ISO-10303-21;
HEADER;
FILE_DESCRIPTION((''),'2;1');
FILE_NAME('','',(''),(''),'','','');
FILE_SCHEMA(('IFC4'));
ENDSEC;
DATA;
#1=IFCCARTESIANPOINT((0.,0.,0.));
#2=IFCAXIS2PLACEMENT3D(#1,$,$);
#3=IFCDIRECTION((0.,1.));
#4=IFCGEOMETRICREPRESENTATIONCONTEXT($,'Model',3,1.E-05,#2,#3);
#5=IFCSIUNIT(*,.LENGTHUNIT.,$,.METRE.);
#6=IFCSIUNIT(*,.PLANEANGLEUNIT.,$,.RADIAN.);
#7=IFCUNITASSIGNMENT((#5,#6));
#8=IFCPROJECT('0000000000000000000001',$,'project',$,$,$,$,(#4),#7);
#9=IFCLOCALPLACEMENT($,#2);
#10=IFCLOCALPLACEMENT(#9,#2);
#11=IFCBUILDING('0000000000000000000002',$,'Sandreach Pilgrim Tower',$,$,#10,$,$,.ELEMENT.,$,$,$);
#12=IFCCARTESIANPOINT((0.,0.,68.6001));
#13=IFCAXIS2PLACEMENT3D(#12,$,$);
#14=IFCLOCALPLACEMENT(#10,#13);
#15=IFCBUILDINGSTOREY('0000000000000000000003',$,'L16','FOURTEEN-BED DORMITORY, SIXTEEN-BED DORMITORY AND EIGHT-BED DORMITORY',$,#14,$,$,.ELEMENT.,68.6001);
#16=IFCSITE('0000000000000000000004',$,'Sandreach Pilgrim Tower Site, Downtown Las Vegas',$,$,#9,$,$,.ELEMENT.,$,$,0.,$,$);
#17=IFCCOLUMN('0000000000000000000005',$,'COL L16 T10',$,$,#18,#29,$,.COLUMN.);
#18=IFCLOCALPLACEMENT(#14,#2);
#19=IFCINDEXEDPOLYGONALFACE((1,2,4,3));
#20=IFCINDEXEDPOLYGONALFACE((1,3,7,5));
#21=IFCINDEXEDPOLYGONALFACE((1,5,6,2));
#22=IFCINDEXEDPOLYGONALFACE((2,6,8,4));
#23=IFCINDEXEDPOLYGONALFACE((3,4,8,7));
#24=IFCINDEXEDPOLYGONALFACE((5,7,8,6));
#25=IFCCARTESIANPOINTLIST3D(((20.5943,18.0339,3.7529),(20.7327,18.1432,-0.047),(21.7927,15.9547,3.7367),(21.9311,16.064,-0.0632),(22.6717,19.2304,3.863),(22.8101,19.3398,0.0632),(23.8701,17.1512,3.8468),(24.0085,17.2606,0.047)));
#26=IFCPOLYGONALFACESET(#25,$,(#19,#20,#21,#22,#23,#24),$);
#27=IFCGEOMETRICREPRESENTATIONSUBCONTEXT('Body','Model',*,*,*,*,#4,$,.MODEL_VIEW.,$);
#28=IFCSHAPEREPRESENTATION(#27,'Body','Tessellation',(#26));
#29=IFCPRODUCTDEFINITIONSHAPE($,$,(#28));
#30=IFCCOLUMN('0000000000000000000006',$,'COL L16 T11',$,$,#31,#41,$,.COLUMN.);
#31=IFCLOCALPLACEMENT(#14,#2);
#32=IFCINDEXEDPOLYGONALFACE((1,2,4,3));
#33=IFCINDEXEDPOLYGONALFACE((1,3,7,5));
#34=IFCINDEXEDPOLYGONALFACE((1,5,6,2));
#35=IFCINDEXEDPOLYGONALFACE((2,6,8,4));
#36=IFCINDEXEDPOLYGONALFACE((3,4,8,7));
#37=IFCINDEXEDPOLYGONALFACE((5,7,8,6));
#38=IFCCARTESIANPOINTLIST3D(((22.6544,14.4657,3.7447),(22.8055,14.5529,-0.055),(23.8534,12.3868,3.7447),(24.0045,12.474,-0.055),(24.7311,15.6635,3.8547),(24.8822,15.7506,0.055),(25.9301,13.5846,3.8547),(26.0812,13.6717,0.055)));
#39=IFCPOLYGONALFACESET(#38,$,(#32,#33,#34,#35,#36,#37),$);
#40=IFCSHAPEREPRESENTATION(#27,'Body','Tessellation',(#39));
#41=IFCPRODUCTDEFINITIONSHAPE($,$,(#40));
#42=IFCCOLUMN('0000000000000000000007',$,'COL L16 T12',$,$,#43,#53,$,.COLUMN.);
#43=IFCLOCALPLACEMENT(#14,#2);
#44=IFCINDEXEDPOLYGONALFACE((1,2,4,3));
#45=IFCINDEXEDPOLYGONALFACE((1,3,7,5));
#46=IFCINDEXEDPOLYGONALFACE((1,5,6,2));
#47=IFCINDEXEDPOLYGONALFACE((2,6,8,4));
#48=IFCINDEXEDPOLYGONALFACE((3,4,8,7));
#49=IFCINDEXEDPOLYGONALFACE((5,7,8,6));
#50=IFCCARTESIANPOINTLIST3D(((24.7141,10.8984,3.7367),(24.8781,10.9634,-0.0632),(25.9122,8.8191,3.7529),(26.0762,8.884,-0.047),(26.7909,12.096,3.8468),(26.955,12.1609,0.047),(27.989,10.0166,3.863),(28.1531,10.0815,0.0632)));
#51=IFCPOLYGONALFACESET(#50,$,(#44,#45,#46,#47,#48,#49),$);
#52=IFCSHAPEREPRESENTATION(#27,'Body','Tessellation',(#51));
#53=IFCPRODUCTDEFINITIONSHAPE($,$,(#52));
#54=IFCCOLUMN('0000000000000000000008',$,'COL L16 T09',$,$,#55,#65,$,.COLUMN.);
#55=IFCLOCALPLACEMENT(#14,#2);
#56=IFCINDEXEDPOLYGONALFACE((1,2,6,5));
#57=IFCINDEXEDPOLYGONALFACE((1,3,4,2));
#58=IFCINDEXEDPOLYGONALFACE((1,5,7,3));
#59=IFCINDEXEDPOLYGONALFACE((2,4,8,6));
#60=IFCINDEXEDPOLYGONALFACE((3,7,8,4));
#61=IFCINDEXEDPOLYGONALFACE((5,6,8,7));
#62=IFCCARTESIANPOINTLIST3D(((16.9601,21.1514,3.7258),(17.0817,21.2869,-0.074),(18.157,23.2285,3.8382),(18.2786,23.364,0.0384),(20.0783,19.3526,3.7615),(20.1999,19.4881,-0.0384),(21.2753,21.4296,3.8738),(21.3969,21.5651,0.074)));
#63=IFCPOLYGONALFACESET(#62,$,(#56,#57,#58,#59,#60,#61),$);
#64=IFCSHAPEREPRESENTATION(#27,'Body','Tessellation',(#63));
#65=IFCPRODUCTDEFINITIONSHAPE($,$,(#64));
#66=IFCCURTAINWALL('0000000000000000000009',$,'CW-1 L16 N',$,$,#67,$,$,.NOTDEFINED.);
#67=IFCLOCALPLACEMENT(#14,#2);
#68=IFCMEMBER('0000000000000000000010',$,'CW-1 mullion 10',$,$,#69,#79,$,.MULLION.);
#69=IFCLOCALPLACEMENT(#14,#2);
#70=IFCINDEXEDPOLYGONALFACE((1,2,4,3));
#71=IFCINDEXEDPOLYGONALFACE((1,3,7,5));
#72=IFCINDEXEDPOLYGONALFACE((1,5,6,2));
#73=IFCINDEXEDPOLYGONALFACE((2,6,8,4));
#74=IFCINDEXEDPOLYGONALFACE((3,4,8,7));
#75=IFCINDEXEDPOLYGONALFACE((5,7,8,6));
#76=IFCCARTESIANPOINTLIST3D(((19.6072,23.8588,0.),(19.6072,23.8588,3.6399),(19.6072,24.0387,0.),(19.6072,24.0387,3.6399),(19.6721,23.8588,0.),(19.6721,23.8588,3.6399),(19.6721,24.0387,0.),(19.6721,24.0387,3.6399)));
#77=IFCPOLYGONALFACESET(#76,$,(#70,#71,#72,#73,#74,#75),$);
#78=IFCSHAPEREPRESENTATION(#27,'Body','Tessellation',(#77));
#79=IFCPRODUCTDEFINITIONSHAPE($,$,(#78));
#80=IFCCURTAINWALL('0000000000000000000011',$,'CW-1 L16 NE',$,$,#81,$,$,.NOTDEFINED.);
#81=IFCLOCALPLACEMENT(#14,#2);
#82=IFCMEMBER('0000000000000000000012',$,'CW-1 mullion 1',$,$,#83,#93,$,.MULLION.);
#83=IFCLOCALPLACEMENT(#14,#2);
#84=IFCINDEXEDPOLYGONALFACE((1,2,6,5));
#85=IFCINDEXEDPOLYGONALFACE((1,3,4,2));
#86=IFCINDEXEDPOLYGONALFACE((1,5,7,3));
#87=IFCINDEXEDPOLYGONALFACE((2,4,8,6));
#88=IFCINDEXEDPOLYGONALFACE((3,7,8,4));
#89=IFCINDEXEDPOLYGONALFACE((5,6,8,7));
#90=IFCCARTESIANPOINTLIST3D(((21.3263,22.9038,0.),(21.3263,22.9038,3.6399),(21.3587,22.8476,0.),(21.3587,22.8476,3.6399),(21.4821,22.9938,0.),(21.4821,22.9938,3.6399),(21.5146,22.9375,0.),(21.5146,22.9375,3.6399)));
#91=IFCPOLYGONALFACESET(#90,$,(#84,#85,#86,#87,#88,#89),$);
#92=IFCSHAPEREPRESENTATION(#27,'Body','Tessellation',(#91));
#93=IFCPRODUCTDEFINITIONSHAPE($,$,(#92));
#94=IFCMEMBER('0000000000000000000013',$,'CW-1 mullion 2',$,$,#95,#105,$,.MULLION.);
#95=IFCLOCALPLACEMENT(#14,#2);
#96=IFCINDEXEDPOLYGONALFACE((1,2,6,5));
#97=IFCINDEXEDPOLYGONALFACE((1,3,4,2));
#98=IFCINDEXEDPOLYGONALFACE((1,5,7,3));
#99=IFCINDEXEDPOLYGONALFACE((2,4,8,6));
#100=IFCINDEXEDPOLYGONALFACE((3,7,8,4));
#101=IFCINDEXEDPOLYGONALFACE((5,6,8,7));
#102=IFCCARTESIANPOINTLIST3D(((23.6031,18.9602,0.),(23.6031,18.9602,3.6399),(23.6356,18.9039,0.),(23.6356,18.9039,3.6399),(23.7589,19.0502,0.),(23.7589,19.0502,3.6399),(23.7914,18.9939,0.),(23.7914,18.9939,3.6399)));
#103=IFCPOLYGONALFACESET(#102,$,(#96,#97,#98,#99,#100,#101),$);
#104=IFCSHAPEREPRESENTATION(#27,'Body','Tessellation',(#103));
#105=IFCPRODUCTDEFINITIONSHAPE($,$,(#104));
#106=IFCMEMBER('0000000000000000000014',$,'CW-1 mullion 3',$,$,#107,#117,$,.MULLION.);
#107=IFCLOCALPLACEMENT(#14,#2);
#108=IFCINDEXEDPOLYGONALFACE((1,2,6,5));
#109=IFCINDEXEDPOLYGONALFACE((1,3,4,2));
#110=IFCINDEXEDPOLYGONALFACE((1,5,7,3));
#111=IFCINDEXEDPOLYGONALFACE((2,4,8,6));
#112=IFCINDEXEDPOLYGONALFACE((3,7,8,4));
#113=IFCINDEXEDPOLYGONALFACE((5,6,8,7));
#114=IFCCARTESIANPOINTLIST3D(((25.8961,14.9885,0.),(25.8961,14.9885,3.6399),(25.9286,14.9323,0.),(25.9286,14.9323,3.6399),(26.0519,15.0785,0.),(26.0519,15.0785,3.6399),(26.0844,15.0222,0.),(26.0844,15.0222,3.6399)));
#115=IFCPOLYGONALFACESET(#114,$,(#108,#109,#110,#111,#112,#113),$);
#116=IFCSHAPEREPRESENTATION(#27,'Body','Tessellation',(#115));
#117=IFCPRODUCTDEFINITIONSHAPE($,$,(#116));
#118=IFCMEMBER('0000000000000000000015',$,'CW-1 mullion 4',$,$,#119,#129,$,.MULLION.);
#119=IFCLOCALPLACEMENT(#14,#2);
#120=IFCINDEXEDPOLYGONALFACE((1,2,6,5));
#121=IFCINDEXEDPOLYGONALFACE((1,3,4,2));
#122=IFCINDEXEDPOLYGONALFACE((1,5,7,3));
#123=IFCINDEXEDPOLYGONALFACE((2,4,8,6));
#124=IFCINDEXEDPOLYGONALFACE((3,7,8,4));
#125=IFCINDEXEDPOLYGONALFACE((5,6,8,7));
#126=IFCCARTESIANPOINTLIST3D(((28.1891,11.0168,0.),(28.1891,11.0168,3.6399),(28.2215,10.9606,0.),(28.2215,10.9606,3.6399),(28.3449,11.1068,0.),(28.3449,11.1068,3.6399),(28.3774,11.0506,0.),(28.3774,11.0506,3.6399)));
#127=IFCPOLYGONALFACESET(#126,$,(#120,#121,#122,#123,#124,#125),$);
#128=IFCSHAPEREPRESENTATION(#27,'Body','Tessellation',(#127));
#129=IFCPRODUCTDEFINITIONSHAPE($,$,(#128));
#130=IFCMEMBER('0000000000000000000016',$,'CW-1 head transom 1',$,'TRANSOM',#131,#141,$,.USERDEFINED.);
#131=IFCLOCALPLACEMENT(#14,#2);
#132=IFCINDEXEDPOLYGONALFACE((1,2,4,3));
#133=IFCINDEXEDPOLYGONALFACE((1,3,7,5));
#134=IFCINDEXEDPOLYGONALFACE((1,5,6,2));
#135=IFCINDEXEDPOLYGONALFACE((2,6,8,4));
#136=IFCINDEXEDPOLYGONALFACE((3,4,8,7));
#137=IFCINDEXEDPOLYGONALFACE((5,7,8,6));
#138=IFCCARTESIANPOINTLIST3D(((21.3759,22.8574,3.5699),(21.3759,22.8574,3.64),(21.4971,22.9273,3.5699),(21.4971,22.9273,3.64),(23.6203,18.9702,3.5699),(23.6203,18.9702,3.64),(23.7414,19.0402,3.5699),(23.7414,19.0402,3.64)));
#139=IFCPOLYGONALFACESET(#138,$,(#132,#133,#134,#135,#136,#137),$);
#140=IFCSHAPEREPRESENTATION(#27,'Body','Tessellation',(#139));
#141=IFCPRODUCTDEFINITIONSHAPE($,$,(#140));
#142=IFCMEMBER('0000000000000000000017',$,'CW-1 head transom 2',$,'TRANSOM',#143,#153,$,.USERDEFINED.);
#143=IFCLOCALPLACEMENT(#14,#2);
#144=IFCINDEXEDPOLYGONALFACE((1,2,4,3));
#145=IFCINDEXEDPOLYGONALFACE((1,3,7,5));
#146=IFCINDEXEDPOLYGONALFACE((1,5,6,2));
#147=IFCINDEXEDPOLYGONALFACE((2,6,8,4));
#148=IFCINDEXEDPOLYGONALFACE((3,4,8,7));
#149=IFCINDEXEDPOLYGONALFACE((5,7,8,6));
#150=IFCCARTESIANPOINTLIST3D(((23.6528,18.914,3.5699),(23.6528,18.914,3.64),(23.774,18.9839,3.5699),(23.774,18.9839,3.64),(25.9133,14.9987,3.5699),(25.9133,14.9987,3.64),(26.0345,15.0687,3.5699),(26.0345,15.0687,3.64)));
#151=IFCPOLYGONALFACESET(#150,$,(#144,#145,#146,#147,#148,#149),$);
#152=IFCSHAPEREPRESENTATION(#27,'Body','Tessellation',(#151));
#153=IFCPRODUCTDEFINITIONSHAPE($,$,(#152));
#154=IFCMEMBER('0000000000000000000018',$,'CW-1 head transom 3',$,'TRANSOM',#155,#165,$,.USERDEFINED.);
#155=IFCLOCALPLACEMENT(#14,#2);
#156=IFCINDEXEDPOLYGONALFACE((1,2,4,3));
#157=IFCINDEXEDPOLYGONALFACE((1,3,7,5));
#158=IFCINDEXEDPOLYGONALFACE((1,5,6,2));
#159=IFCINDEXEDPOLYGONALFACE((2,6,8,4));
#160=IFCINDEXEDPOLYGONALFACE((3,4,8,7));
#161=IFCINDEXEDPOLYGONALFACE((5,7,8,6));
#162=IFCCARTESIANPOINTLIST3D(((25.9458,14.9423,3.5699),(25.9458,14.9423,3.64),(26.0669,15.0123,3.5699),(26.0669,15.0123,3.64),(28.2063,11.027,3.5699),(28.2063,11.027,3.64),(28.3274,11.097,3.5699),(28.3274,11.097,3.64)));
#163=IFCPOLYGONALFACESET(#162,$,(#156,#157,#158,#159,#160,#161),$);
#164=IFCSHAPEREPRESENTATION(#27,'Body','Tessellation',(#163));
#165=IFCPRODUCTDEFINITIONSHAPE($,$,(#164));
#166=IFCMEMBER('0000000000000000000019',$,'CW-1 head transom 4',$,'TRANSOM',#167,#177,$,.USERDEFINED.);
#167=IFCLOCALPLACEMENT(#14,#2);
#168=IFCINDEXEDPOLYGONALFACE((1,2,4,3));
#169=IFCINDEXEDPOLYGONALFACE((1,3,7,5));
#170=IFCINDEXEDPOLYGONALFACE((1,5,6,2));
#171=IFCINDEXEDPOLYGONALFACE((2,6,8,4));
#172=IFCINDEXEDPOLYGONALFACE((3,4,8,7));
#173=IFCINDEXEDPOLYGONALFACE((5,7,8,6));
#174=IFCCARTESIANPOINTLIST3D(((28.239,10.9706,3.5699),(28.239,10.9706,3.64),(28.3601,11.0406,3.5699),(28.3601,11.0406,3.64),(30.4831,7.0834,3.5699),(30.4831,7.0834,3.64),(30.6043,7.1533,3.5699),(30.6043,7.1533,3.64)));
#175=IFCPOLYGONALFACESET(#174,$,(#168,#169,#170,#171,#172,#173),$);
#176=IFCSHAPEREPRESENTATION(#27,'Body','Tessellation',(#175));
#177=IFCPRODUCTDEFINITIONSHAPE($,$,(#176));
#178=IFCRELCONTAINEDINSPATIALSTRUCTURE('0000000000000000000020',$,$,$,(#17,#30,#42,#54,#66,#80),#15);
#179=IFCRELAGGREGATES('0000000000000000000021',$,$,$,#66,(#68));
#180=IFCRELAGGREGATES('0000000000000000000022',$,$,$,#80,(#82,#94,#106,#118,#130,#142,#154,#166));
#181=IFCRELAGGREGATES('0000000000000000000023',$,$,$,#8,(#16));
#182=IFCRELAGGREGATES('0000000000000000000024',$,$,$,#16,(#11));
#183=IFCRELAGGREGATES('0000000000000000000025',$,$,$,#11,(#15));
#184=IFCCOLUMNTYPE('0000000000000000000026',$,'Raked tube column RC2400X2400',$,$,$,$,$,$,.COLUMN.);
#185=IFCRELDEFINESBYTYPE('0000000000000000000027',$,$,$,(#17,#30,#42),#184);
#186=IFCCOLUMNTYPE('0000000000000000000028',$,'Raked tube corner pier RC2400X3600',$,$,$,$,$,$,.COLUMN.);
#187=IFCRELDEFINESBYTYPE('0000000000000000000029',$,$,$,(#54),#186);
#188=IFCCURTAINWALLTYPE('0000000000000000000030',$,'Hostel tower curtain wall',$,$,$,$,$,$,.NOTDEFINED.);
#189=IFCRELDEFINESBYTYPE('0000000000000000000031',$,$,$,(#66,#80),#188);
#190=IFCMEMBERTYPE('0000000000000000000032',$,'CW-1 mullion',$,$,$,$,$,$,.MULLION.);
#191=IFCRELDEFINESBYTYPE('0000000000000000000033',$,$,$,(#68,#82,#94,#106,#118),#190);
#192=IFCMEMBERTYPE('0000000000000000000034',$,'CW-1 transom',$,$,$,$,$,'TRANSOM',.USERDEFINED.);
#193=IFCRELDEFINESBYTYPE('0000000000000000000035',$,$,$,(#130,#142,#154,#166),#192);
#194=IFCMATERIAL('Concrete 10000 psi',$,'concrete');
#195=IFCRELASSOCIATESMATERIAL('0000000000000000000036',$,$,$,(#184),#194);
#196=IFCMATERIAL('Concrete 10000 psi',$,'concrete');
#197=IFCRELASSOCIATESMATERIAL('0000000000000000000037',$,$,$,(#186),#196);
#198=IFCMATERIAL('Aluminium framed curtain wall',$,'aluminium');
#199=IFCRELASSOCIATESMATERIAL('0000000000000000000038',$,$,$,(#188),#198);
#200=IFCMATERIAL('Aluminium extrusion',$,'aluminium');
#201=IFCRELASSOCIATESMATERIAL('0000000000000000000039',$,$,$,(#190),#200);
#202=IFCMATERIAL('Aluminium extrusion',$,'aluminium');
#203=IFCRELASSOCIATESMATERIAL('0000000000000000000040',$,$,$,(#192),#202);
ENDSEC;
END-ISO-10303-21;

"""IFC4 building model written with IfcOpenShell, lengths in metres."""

from ifc_helpers import new_model, si_unit, direction, frame, origin, origin_2d, place, context, subcontext, project, spatial, rectangle, extrude, material, material_profile, profile_set, type_object, element, aggregate, save


model = new_model("IFC4")

# Units and contexts
model_context = context("Model", 3, precision=1e-05, world=origin(), true_north=direction((0.0, 1.0)))
body_context = subcontext(model_context, "Body", "Model", "MODEL_VIEW")
ifc_project = project(units=[si_unit("LENGTHUNIT", "METRE"), si_unit("PLANEANGLEUNIT", "RADIAN")], contexts=[model_context])

# Site, building, storey
site_placement = place(None, origin())
site = spatial("IfcSite", under=ifc_project, at=site_placement, Name="Sandreach Pilgrim Tower Site, Downtown Las Vegas", CompositionType="ELEMENT", RefElevation=0.0)
building_placement = place(site_placement, origin())
building = spatial("IfcBuilding", under=site, at=building_placement, Name="Sandreach Pilgrim Tower", CompositionType="ELEMENT")
storey_placement = place(building_placement, frame((0.0, 0.0, 68.6001)))
storey = spatial("IfcBuildingStorey", under=building, at=storey_placement, Name="L16", Description="FOURTEEN-BED DORMITORY, SIXTEEN-BED DORMITORY AND EIGHT-BED DORMITORY", CompositionType="ELEMENT", Elevation=68.6001)

# Columns
ifc_material_1 = material(Name="Concrete 10000 psi", Category="concrete")
ifc_material_profile_1 = material_profile(ifc_material_1, rectangle(XDim=2.3999, YDim=2.3999, at=origin_2d()), Name="RC2400X2400")
ifc_profile_set_1 = profile_set([ifc_material_profile_1], Name="Concrete 10000 psi")
column_type_1 = type_object("IfcColumnType", Name="Raked tube column RC2400X2400", PredefinedType="COLUMN", material=ifc_profile_set_1)
column_1_placement = place(storey_placement, frame((22.3706, 17.7019, 0.0), z_axis=(-0.036391, -0.028753, 0.998924), x_axis=(0.86563, 0.498577, 0.045886)))
element("IfcColumn", 1, at=column_1_placement, inside=storey, type_object=column_type_1, Name="COL L16 T10", PredefinedType="COLUMN", context=body_context, shape_type="SweptSolid", body=[
    extrude(rectangle(XDim=2.3999, YDim=2.3999, at=origin_2d()), origin(), (0.0, 0.0, 1.0), 3.804),
])
column_2_placement = place(storey_placement, frame((24.4434, 14.1123, 0.0), z_axis=(-0.039729, -0.022913, 0.998948), x_axis=(0.865344, 0.499076, 0.045863)))
element("IfcColumn", 2, at=column_2_placement, inside=storey, type_object=column_type_1, Name="COL L16 T11", PredefinedType="COLUMN", context=body_context, shape_type="SweptSolid", body=[
    extrude(rectangle(XDim=2.3999, YDim=2.3999, at=origin_2d()), origin(), (0.0, 0.0, 1.0), 3.8037),
])
column_3_placement = place(storey_placement, frame((26.5156, 10.5225, 0.0), z_axis=(-0.04313, -0.017072, 0.998924), x_axis=(0.865394, 0.498986, 0.045893)))
element("IfcColumn", 3, at=column_3_placement, inside=storey, type_object=column_type_1, Name="COL L16 T12", PredefinedType="COLUMN", context=body_context, shape_type="SweptSolid", body=[
    extrude(rectangle(XDim=2.3999, YDim=2.3999, at=origin_2d()), origin(), (0.0, 0.0, 1.0), 3.804),
])
ifc_material_2 = material(Name="Concrete 10000 psi", Category="concrete")
ifc_material_profile_2 = material_profile(ifc_material_2, rectangle(XDim=2.3999, YDim=3.6001, at=origin_2d()), Name="RC2400X3600")
ifc_profile_set_2 = profile_set([ifc_material_profile_2], Name="Concrete 10000 psi")
column_type_2 = type_object("IfcColumnType", Name="Raked tube corner pier RC2400X3600", PredefinedType="COLUMN", material=ifc_profile_set_2)
column_4_placement = place(storey_placement, frame((19.2393, 21.426, 0.0), z_axis=(-0.03196, -0.035618, 0.998854), x_axis=(0.498743, 0.865485, 0.046821)))
element("IfcColumn", 4, at=column_4_placement, inside=storey, type_object=column_type_2, Name="COL L16 T09", PredefinedType="COLUMN", context=body_context, shape_type="SweptSolid", body=[
    extrude(rectangle(XDim=2.3999, YDim=3.6001, at=origin_2d()), origin(), (0.0, 0.0, 1.0), 3.8042),
])

# Curtain wall, member
ifc_material_3 = material(Name="Aluminium framed curtain wall", Category="aluminium")
curtain_wall_type = type_object("IfcCurtainWallType", Name="Hostel tower curtain wall", PredefinedType="NOTDEFINED", material=ifc_material_3)
curtain_wall_1_placement = place(storey_placement, origin())
curtain_wall_1 = element("IfcCurtainWall", 5, at=curtain_wall_1_placement, inside=storey, type_object=curtain_wall_type, Name="CW-1 L16 N", PredefinedType="NOTDEFINED")
ifc_material_4 = material(Name="Aluminium extrusion", Category="aluminium")
ifc_material_profile_3 = material_profile(ifc_material_4, rectangle(XDim=0.0649, YDim=0.1799, at=origin_2d()), Name="CW-1M 65X180")
ifc_profile_set_3 = profile_set([ifc_material_profile_3], Name="Aluminium extrusion")
member_type_1 = type_object("IfcMemberType", Name="CW-1 mullion", PredefinedType="MULLION", material=ifc_profile_set_3)
member_1_placement = place(storey_placement, frame((19.6396, 23.9487, 0.0), z_axis=(0.0, 0.0, 1.0), x_axis=(1.0, 0.0, 0.0)))
member_1 = element("IfcMember", 6, at=member_1_placement, type_object=member_type_1, Name="CW-1 mullion 10", PredefinedType="MULLION", context=body_context, shape_type="SweptSolid", body=[
    extrude(rectangle(XDim=0.0649, YDim=0.1799, at=origin_2d()), origin(), (0.0, 0.0, 1.0), 3.6399),
])
aggregate(curtain_wall_1, [member_1])

# Curtain wall, members
curtain_wall_2_placement = place(storey_placement, origin())
curtain_wall_2 = element("IfcCurtainWall", 7, at=curtain_wall_2_placement, inside=storey, type_object=curtain_wall_type, Name="CW-1 L16 NE", PredefinedType="NOTDEFINED")
member_2_placement = place(storey_placement, frame((21.4204, 22.9207, 0.0), z_axis=(0.0, 0.0, 1.0), x_axis=(0.5, -0.866025, 0.0)))
member_2 = element("IfcMember", 8, at=member_2_placement, type_object=member_type_1, Name="CW-1 mullion 1", PredefinedType="MULLION", context=body_context, shape_type="SweptSolid", body=[
    extrude(rectangle(XDim=0.0649, YDim=0.1799, at=origin_2d()), origin(), (0.0, 0.0, 1.0), 3.6399),
])
member_3_placement = place(storey_placement, frame((23.6973, 18.9771, 0.0), z_axis=(0.0, 0.0, 1.0), x_axis=(0.5, -0.866025, 0.0)))
member_3 = element("IfcMember", 9, at=member_3_placement, type_object=member_type_1, Name="CW-1 mullion 2", PredefinedType="MULLION", context=body_context, shape_type="SweptSolid", body=[
    extrude(rectangle(XDim=0.0649, YDim=0.1799, at=origin_2d()), origin(), (0.0, 0.0, 1.0), 3.6399),
])
member_4_placement = place(storey_placement, frame((25.9902, 15.0054, 0.0), z_axis=(0.0, 0.0, 1.0), x_axis=(0.5, -0.866025, 0.0)))
member_4 = element("IfcMember", 10, at=member_4_placement, type_object=member_type_1, Name="CW-1 mullion 3", PredefinedType="MULLION", context=body_context, shape_type="SweptSolid", body=[
    extrude(rectangle(XDim=0.0649, YDim=0.1799, at=origin_2d()), origin(), (0.0, 0.0, 1.0), 3.6399),
])
member_5_placement = place(storey_placement, frame((28.2832, 11.0337, 0.0), z_axis=(0.0, 0.0, 1.0), x_axis=(0.5, -0.866025, 0.0)))
member_5 = element("IfcMember", 11, at=member_5_placement, type_object=member_type_1, Name="CW-1 mullion 4", PredefinedType="MULLION", context=body_context, shape_type="SweptSolid", body=[
    extrude(rectangle(XDim=0.0649, YDim=0.1799, at=origin_2d()), origin(), (0.0, 0.0, 1.0), 3.6399),
])
ifc_material_5 = material(Name="Aluminium extrusion", Category="aluminium")
ifc_material_profile_4 = material_profile(ifc_material_5, rectangle(XDim=0.1399, YDim=0.0701, at=origin_2d()), Name="CW-1T 140X70")
ifc_profile_set_4 = profile_set([ifc_material_profile_4], Name="Aluminium extrusion")
member_type_2 = type_object("IfcMemberType", Name="CW-1 transom", ElementType="TRANSOM", PredefinedType="USERDEFINED", material=ifc_profile_set_4)
member_6_placement = place(storey_placement, frame((21.4365, 22.8923, 3.605), z_axis=(0.500018, -0.866015, 0.0), x_axis=(0.866015, 0.500018, 0.0)))
member_6 = element("IfcMember", 12, at=member_6_placement, type_object=member_type_2, Name="CW-1 head transom 1", ObjectType="TRANSOM", PredefinedType="USERDEFINED", context=body_context, shape_type="SweptSolid", body=[
    extrude(rectangle(XDim=0.1399, YDim=0.0701, at=origin_2d()), origin(), (0.0, 0.0, 1.0), 4.4885),
])
member_7_placement = place(storey_placement, frame((23.7134, 18.949, 3.605), z_axis=(0.500001, -0.866025, 0.0), x_axis=(0.866025, 0.500001, 0.0)))
member_7 = element("IfcMember", 13, at=member_7_placement, type_object=member_type_2, Name="CW-1 head transom 2", ObjectType="TRANSOM", PredefinedType="USERDEFINED", context=body_context, shape_type="SweptSolid", body=[
    extrude(rectangle(XDim=0.1399, YDim=0.0701, at=origin_2d()), origin(), (0.0, 0.0, 1.0), 4.521),
])
member_8_placement = place(storey_placement, frame((26.0063, 14.9773, 3.605), z_axis=(0.500001, -0.866025, 0.0), x_axis=(0.866025, 0.500001, 0.0)))
member_8 = element("IfcMember", 14, at=member_8_placement, type_object=member_type_2, Name="CW-1 head transom 3", ObjectType="TRANSOM", PredefinedType="USERDEFINED", context=body_context, shape_type="SweptSolid", body=[
    extrude(rectangle(XDim=0.1399, YDim=0.0701, at=origin_2d()), origin(), (0.0, 0.0, 1.0), 4.521),
])
member_9_placement = place(storey_placement, frame((28.2996, 11.0056, 3.605), z_axis=(0.499977, -0.866039, 0.0), x_axis=(0.866039, 0.499977, 0.0)))
member_9 = element("IfcMember", 15, at=member_9_placement, type_object=member_type_2, Name="CW-1 head transom 4", ObjectType="TRANSOM", PredefinedType="USERDEFINED", context=body_context, shape_type="SweptSolid", body=[
    extrude(rectangle(XDim=0.1399, YDim=0.0701, at=origin_2d()), origin(), (0.0, 0.0, 1.0), 4.4885),
])

aggregate(curtain_wall_2, [member_2, member_3, member_4, member_5, member_6, member_7, member_8, member_9])

save(model, "model.ifc")
